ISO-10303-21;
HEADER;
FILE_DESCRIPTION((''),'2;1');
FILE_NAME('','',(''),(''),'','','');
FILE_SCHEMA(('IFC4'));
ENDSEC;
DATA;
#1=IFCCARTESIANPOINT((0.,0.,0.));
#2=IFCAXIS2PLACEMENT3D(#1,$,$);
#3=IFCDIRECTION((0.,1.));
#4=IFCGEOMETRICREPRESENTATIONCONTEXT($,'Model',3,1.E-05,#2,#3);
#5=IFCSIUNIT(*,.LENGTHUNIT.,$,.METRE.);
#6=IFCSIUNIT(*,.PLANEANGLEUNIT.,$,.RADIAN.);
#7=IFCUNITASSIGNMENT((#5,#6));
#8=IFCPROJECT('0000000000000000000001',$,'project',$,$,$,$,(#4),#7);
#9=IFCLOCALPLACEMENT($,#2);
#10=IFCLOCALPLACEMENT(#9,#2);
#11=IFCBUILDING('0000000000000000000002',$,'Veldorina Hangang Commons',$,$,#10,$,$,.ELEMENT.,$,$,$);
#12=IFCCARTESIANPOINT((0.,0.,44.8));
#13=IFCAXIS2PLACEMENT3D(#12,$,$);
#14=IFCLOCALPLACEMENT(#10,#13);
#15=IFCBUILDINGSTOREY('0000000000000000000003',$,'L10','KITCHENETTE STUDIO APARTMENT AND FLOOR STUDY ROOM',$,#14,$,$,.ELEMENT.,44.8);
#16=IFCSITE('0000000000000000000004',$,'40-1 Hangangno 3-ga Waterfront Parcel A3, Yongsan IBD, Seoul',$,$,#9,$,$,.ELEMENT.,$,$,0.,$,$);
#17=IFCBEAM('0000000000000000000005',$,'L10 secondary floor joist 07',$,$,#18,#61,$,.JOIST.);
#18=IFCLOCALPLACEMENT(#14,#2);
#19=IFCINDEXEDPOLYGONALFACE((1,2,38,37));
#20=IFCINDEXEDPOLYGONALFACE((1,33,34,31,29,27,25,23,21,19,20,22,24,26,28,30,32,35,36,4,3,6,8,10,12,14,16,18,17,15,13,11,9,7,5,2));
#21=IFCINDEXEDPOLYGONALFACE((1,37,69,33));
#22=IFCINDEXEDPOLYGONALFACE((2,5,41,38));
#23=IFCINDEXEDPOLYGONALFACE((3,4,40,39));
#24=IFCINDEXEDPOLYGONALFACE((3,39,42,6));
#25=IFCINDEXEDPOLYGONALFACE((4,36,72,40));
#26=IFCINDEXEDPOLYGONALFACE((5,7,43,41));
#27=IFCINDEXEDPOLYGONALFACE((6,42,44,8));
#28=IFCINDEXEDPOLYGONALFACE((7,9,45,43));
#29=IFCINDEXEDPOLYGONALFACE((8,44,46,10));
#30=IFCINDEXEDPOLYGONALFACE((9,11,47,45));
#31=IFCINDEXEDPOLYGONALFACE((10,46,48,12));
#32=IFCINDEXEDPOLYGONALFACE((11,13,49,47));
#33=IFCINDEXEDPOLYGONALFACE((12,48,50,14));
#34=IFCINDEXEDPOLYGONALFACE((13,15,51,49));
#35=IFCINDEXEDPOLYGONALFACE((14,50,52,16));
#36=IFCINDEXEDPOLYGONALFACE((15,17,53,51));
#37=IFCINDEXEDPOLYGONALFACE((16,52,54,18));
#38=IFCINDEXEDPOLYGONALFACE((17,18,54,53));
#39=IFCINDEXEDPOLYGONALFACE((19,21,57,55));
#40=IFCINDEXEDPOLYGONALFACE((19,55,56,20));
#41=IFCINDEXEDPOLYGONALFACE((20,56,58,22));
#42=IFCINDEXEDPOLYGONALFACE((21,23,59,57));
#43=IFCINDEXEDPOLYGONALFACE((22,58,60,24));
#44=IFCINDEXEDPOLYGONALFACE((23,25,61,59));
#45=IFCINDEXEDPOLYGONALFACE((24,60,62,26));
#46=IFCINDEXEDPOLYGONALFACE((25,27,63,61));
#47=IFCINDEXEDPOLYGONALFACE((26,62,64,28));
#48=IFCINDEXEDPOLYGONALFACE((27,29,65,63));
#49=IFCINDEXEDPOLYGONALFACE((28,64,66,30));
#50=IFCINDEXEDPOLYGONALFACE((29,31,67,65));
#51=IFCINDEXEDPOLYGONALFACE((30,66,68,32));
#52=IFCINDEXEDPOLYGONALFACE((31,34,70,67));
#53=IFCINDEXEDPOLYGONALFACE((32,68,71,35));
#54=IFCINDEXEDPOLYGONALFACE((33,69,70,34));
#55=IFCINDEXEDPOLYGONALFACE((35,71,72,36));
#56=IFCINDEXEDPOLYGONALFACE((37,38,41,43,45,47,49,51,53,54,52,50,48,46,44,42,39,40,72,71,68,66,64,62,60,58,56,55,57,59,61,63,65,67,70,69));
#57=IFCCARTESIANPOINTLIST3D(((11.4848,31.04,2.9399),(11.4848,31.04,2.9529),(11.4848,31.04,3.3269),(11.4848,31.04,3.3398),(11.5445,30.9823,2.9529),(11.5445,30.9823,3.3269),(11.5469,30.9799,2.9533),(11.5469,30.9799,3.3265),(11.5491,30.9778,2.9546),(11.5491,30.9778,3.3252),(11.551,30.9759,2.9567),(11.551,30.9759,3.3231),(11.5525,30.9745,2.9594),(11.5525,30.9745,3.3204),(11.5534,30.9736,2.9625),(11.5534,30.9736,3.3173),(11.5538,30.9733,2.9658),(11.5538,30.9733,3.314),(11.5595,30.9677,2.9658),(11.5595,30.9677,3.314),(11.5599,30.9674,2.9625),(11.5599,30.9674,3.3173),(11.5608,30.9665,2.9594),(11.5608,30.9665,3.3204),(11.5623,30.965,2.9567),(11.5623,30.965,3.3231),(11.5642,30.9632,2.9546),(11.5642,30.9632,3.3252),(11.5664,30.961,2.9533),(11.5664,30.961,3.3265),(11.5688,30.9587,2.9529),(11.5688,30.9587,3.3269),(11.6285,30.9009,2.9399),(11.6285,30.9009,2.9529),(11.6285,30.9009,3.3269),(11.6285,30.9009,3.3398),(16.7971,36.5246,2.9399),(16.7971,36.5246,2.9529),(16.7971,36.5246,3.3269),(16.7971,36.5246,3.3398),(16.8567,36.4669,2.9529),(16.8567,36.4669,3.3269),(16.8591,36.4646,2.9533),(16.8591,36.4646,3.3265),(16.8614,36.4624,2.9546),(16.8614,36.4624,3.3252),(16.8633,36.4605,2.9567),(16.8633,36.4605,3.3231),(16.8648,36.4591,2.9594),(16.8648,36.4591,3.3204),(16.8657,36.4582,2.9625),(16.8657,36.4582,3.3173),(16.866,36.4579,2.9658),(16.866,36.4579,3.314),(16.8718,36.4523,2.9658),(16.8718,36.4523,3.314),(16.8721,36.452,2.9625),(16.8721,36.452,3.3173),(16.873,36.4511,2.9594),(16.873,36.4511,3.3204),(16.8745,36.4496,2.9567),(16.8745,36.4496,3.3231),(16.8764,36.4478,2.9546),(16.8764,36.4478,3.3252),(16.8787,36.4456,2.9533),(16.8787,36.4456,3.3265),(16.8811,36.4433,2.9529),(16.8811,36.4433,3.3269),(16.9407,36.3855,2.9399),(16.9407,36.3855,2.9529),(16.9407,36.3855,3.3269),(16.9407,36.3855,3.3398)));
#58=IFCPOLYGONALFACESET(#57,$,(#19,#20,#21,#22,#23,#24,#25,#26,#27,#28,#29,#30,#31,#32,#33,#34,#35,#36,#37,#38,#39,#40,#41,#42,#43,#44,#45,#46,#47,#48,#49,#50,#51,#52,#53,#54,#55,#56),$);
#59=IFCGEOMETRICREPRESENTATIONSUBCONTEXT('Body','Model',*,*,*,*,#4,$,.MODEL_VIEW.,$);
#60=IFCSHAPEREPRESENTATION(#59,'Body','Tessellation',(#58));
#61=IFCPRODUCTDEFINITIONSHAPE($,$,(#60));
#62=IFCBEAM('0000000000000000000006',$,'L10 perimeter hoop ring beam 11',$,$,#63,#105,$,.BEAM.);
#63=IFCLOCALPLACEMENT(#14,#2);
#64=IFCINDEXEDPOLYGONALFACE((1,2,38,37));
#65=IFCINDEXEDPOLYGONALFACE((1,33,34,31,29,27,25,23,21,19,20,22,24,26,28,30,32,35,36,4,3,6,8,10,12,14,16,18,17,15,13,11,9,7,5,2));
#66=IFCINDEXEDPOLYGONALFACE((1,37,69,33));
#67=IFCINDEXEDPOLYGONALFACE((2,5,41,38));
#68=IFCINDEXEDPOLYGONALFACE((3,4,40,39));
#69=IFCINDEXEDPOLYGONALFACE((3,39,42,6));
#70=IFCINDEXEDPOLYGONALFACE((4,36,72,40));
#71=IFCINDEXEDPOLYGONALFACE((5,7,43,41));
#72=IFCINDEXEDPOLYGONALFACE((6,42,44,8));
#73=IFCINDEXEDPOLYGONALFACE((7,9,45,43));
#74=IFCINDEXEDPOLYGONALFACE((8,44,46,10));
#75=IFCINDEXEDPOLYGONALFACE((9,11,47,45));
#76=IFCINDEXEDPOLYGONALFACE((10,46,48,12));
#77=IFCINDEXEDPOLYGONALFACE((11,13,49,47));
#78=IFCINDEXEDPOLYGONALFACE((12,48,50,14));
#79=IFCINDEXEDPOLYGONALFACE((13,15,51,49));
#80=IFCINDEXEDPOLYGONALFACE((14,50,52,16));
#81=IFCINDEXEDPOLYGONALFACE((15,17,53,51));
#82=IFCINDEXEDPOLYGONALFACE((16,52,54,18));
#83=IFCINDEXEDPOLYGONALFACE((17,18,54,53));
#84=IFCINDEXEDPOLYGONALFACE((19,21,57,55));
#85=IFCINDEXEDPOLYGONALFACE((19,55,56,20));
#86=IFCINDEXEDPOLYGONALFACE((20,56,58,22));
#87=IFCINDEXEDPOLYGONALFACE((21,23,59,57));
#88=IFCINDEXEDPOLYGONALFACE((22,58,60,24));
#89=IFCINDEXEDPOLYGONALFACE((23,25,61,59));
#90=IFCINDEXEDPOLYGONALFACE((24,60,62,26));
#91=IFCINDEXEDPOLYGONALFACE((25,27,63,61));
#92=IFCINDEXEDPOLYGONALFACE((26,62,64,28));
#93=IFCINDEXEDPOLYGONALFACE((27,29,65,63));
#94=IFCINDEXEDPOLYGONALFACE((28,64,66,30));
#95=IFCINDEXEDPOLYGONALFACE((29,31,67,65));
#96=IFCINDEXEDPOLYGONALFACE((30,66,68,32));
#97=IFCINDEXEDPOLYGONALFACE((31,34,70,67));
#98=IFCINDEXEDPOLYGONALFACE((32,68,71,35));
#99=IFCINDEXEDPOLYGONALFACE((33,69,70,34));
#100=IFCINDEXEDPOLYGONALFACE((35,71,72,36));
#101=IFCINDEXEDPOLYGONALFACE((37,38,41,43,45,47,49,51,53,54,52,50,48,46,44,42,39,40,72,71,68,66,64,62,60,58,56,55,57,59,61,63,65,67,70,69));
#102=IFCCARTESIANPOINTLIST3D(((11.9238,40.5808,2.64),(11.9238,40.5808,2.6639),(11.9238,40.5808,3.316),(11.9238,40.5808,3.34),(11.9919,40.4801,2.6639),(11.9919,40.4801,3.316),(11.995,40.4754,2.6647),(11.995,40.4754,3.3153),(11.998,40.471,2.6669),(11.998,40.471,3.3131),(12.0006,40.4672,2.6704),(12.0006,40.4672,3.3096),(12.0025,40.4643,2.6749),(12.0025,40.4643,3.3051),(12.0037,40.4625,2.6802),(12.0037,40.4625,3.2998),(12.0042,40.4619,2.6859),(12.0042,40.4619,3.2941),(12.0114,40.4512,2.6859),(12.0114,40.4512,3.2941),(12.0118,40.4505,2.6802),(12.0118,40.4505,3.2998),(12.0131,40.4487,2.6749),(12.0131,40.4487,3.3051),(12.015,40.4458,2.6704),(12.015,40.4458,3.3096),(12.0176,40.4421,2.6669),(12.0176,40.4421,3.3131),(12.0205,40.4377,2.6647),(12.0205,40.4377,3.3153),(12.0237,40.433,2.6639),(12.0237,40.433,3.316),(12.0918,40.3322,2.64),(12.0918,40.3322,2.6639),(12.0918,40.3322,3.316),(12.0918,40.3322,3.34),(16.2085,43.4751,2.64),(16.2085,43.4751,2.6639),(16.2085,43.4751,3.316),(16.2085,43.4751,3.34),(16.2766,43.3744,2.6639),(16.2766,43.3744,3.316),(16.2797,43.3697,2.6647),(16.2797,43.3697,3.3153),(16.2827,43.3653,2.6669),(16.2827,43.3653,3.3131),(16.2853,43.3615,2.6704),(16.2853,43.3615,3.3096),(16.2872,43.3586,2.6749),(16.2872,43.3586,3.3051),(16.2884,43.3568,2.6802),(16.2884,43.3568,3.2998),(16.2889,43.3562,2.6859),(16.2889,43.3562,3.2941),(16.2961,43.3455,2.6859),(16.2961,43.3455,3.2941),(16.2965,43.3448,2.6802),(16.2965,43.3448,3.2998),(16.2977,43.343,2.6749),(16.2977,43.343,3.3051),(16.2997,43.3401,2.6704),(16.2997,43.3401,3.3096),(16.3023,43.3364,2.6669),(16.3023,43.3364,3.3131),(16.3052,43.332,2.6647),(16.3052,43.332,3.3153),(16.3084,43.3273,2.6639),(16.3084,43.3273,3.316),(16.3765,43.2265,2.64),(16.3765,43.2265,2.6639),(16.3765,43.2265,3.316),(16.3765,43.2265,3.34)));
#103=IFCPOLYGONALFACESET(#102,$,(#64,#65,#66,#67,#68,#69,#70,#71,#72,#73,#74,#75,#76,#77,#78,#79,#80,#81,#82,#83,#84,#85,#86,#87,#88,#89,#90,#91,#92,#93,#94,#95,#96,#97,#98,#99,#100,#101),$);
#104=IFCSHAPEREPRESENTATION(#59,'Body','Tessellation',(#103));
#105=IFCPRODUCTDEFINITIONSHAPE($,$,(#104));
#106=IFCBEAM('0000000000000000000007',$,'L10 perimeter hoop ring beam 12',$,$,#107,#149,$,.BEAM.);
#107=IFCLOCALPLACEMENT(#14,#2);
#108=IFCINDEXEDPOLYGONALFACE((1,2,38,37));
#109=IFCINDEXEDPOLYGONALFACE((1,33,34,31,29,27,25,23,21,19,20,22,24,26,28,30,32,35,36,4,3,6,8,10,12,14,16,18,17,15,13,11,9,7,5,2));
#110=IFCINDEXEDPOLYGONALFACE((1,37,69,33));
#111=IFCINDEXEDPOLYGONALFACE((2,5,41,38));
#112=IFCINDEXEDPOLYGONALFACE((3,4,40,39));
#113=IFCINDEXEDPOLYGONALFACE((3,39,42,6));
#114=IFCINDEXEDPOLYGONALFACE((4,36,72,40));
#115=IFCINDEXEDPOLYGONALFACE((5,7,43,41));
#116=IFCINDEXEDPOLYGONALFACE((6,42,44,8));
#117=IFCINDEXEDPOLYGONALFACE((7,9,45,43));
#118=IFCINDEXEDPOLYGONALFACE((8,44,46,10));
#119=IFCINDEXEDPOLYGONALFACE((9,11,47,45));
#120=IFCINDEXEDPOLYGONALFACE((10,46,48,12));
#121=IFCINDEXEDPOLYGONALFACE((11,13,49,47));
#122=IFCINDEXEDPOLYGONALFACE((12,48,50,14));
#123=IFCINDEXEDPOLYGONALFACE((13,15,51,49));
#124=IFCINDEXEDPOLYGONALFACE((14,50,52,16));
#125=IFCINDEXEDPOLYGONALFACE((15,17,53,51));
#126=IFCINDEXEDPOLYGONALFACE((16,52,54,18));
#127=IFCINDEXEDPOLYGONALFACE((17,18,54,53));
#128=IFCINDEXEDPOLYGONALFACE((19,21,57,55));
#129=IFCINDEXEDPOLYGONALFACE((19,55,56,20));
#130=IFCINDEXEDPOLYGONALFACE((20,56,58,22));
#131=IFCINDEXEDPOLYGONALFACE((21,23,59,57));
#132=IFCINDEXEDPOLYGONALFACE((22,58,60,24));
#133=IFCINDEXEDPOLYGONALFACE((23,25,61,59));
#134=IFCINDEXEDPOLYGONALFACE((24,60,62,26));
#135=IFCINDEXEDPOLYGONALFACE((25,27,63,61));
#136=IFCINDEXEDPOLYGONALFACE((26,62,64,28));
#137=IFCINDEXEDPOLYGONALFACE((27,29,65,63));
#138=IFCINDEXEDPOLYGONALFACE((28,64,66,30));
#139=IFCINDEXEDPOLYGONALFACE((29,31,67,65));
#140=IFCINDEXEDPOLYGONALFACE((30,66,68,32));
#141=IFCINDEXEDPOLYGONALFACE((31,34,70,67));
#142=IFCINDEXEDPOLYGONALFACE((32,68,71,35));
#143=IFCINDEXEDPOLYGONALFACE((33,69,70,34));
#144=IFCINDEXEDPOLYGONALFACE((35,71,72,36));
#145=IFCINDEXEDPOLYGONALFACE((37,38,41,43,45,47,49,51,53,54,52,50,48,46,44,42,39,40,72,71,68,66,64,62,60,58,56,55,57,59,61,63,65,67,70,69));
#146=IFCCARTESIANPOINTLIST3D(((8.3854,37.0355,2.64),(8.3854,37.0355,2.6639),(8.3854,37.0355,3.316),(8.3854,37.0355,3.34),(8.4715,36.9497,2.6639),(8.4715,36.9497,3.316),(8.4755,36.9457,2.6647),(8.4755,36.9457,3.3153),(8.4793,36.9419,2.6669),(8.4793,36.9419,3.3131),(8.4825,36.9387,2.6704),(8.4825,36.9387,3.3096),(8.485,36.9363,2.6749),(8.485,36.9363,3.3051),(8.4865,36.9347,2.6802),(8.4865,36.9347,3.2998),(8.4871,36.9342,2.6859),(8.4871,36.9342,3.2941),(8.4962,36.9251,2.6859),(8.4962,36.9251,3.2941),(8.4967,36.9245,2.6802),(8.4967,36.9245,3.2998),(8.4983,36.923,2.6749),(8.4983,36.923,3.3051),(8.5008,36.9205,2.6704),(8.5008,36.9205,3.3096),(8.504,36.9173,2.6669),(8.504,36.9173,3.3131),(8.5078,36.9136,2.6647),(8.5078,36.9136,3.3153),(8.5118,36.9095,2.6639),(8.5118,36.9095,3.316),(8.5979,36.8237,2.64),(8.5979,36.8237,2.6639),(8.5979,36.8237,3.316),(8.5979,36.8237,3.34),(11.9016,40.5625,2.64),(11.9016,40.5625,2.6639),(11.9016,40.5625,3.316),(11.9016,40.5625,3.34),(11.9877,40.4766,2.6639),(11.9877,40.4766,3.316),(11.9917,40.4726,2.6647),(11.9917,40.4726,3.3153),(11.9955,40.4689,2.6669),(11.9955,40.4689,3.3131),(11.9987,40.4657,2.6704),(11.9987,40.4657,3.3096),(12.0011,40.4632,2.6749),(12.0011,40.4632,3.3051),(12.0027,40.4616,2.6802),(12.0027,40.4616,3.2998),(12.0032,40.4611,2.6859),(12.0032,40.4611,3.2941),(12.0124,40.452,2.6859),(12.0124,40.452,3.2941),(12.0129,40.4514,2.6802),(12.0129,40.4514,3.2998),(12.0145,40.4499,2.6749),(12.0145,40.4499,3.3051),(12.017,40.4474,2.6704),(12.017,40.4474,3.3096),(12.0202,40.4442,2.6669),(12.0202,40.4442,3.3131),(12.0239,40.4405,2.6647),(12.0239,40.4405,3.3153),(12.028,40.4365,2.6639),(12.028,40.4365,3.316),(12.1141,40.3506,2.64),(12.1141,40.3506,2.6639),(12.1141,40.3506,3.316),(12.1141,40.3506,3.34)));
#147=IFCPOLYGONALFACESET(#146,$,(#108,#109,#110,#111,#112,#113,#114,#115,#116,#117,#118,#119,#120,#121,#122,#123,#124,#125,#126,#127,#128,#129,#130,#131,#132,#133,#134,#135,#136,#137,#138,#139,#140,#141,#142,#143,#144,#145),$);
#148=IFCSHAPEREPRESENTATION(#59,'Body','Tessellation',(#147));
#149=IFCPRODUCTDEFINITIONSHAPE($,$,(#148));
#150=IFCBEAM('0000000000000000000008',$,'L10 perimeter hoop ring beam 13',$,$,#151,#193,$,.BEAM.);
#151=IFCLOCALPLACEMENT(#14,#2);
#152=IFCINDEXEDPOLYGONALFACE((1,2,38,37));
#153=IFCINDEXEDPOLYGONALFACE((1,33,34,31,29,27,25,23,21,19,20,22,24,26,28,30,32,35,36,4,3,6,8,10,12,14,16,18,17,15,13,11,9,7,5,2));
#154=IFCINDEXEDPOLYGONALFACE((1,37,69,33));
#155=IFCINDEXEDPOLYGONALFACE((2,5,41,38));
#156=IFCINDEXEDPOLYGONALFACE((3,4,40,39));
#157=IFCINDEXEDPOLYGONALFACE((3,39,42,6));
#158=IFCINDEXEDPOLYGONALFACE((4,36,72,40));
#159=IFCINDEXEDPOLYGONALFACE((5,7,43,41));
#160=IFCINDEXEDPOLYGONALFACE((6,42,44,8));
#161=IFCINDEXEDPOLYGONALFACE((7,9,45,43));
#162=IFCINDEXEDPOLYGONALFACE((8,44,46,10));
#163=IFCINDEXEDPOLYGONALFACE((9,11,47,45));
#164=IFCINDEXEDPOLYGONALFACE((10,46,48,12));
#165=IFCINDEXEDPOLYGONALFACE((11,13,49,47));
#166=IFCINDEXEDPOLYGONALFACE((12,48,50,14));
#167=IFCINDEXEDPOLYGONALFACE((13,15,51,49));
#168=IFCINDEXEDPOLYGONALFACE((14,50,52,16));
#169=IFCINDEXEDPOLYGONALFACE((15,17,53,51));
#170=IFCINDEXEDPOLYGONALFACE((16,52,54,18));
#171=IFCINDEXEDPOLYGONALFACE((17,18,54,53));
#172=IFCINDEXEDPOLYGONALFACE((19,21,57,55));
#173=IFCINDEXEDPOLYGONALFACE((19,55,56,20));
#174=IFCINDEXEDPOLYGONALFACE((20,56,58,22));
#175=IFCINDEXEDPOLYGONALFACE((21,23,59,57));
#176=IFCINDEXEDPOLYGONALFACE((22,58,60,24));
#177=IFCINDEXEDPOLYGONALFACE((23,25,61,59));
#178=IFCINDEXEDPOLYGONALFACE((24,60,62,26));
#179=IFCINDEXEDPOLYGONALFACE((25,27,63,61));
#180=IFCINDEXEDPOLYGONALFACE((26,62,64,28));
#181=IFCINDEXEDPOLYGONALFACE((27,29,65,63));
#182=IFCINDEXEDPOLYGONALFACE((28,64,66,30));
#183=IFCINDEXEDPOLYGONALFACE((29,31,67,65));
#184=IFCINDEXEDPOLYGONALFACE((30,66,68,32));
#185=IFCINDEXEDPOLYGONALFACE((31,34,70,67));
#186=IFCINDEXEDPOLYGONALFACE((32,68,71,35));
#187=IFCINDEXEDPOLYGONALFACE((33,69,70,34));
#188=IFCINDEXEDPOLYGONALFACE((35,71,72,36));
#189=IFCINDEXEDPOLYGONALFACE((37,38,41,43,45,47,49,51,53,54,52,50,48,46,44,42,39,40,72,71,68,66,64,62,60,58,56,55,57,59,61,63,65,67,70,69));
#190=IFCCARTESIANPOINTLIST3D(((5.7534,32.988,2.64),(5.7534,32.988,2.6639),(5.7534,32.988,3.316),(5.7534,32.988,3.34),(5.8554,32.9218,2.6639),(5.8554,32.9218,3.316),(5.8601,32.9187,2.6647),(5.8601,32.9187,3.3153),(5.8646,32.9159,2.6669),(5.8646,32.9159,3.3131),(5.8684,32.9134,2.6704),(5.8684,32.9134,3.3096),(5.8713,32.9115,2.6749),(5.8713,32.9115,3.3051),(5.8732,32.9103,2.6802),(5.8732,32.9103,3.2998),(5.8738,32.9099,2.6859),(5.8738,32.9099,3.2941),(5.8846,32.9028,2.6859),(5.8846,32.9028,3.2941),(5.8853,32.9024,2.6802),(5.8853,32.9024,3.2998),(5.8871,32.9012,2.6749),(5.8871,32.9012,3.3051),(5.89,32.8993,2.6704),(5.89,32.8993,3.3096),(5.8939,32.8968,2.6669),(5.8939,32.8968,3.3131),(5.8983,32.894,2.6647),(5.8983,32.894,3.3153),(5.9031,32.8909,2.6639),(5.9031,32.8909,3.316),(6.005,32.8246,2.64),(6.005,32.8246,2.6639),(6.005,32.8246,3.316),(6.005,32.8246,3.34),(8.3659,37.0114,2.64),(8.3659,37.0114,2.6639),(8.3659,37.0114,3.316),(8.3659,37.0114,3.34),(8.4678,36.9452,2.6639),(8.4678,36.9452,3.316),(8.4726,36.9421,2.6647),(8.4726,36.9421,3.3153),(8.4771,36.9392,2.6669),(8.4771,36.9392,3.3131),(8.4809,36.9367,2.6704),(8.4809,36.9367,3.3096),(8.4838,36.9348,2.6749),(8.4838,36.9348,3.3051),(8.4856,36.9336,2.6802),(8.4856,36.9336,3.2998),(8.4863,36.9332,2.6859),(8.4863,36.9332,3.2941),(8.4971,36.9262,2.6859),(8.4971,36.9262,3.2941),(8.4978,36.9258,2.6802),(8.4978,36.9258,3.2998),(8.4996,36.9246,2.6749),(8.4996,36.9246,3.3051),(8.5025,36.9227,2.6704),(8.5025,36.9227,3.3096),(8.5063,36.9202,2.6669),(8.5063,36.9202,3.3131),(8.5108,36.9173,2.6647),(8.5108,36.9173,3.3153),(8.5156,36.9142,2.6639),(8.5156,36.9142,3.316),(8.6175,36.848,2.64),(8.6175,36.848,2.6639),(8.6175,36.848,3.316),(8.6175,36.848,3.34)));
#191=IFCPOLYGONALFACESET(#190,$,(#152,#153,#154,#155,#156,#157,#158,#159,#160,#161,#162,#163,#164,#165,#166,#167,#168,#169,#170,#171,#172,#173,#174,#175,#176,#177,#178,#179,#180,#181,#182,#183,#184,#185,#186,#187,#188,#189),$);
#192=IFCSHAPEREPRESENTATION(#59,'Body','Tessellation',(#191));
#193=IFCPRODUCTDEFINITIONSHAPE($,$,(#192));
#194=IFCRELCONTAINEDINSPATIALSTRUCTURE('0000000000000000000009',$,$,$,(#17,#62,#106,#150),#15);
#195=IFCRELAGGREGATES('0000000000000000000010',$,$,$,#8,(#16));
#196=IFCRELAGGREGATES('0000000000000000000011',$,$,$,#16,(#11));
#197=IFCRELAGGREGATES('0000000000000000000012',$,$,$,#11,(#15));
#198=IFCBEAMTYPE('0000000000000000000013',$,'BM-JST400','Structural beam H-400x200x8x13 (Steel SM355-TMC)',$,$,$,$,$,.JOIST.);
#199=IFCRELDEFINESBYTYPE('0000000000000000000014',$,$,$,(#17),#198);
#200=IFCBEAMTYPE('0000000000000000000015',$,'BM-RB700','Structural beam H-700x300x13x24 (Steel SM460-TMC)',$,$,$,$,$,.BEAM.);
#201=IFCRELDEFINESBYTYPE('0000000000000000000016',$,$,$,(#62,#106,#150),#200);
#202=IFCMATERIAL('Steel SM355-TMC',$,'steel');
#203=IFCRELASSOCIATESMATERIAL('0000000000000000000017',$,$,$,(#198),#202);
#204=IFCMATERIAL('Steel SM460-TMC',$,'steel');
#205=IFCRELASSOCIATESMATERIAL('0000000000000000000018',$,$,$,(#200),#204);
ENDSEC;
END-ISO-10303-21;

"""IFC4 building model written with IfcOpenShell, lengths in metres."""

from ifc_helpers import new_model, si_unit, direction, frame, origin, origin_2d, place, context, subcontext, project, spatial, i_section, extrude, material, material_profile, profile_set, type_object, element, save


model = new_model("IFC4")

# Units and contexts
model_context = context("Model", 3, precision=1e-05, world=origin(), true_north=direction((0.0, 1.0)))
body_context = subcontext(model_context, "Body", "Model", "MODEL_VIEW")
ifc_project = project(units=[si_unit("LENGTHUNIT", "METRE"), si_unit("PLANEANGLEUNIT", "RADIAN")], contexts=[model_context])

# Site, building, storey
site_placement = place(None, origin())
site = spatial("IfcSite", under=ifc_project, at=site_placement, Name="40-1 Hangangno 3-ga Waterfront Parcel A3, Yongsan IBD, Seoul", CompositionType="ELEMENT", RefElevation=0.0)
building_placement = place(site_placement, origin())
building = spatial("IfcBuilding", under=site, at=building_placement, Name="Veldorina Hangang Commons", CompositionType="ELEMENT")
storey_placement = place(building_placement, frame((0.0, 0.0, 44.8)))
storey = spatial("IfcBuildingStorey", under=building, at=storey_placement, Name="L10", Description="KITCHENETTE STUDIO APARTMENT AND FLOOR STUDY ROOM", CompositionType="ELEMENT", Elevation=44.8)

# Beams
ifc_material_1 = material(Name="Steel SM355-TMC", Category="steel")
ifc_material_profile_1 = material_profile(ifc_material_1, i_section(OverallWidth=0.2, OverallDepth=0.3999, WebThickness=0.0081, FlangeThickness=0.0129, FilletRadius=0.0129, at=origin_2d()), Name="H-400x200x8x13")
ifc_profile_set_1 = profile_set([ifc_material_profile_1], Name="Steel SM355-TMC")
beam_type_1 = type_object("IfcBeamType", Name="BM-JST400", Description="Structural beam H-400x200x8x13 (Steel SM355-TMC)", PredefinedType="JOIST", material=ifc_profile_set_1)
beam_1_placement = place(storey_placement, frame((16.8689, 36.4551, 3.1399), z_axis=(-0.69573, -0.718304, 0.0), x_axis=(0.718304, -0.69573, 0.0)))
element("IfcBeam", 1, at=beam_1_placement, inside=storey, type_object=beam_type_1, Name="L10 secondary floor joist 07", PredefinedType="JOIST", context=body_context, shape_type="SweptSolid", body=[
    extrude(i_section(OverallWidth=0.2, OverallDepth=0.3999, WebThickness=0.0081, FlangeThickness=0.0129, FilletRadius=0.0129, at=origin_2d()), origin(), (0.0, 0.0, 1.0), 7.6355),
])
ifc_material_2 = material(Name="Steel SM460-TMC", Category="steel")
ifc_material_profile_2 = material_profile(ifc_material_2, i_section(OverallWidth=0.3, OverallDepth=0.7, WebThickness=0.0129, FlangeThickness=0.0239, FilletRadius=0.022, at=origin_2d()), Name="H-700x300x13x24")
ifc_profile_set_2 = profile_set([ifc_material_profile_2], Name="Steel SM460-TMC")
beam_type_2 = type_object("IfcBeamType", Name="BM-RB700", Description="Structural beam H-700x300x13x24 (Steel SM460-TMC)", PredefinedType="BEAM", material=ifc_profile_set_2)
beam_2_placement = place(storey_placement, frame((16.2925, 43.3508, 2.99), z_axis=(-0.828657, -0.559757, 0.0), x_axis=(0.559757, -0.828657, 0.0)))
element("IfcBeam", 2, at=beam_2_placement, inside=storey, type_object=beam_type_2, Name="L10 perimeter hoop ring beam 11", PredefinedType="BEAM", context=body_context, shape_type="SweptSolid", body=[
    extrude(i_section(OverallWidth=0.3, OverallDepth=0.7, WebThickness=0.0129, FlangeThickness=0.0239, FilletRadius=0.022, at=origin_2d()), origin(), (0.0, 0.0, 1.0), 5.1707),
])
beam_3_placement = place(storey_placement, frame((12.0078, 40.4565, 2.99), z_axis=(-0.706027, -0.708184, 0.0), x_axis=(0.708184, -0.706027, 0.0)))
element("IfcBeam", 3, at=beam_3_placement, inside=storey, type_object=beam_type_2, Name="L10 perimeter hoop ring beam 12", PredefinedType="BEAM", context=body_context, shape_type="SweptSolid", body=[
    extrude(i_section(OverallWidth=0.3, OverallDepth=0.7, WebThickness=0.0129, FlangeThickness=0.0239, FilletRadius=0.022, at=origin_2d()), origin(), (0.0, 0.0, 1.0), 4.9802),
])
beam_4_placement = place(storey_placement, frame((8.4917, 36.9297, 2.99), z_axis=(-0.544595, -0.838699, 0.0), x_axis=(0.838699, -0.544595, 0.0)))
element("IfcBeam", 4, at=beam_4_placement, inside=storey, type_object=beam_type_2, Name="L10 perimeter hoop ring beam 13", PredefinedType="BEAM", context=body_context, shape_type="SweptSolid", body=[
    extrude(i_section(OverallWidth=0.3, OverallDepth=0.7, WebThickness=0.0129, FlangeThickness=0.0239, FilletRadius=0.022, at=origin_2d()), origin(), (0.0, 0.0, 1.0), 4.7971),
])

save(model, "model.ifc")
